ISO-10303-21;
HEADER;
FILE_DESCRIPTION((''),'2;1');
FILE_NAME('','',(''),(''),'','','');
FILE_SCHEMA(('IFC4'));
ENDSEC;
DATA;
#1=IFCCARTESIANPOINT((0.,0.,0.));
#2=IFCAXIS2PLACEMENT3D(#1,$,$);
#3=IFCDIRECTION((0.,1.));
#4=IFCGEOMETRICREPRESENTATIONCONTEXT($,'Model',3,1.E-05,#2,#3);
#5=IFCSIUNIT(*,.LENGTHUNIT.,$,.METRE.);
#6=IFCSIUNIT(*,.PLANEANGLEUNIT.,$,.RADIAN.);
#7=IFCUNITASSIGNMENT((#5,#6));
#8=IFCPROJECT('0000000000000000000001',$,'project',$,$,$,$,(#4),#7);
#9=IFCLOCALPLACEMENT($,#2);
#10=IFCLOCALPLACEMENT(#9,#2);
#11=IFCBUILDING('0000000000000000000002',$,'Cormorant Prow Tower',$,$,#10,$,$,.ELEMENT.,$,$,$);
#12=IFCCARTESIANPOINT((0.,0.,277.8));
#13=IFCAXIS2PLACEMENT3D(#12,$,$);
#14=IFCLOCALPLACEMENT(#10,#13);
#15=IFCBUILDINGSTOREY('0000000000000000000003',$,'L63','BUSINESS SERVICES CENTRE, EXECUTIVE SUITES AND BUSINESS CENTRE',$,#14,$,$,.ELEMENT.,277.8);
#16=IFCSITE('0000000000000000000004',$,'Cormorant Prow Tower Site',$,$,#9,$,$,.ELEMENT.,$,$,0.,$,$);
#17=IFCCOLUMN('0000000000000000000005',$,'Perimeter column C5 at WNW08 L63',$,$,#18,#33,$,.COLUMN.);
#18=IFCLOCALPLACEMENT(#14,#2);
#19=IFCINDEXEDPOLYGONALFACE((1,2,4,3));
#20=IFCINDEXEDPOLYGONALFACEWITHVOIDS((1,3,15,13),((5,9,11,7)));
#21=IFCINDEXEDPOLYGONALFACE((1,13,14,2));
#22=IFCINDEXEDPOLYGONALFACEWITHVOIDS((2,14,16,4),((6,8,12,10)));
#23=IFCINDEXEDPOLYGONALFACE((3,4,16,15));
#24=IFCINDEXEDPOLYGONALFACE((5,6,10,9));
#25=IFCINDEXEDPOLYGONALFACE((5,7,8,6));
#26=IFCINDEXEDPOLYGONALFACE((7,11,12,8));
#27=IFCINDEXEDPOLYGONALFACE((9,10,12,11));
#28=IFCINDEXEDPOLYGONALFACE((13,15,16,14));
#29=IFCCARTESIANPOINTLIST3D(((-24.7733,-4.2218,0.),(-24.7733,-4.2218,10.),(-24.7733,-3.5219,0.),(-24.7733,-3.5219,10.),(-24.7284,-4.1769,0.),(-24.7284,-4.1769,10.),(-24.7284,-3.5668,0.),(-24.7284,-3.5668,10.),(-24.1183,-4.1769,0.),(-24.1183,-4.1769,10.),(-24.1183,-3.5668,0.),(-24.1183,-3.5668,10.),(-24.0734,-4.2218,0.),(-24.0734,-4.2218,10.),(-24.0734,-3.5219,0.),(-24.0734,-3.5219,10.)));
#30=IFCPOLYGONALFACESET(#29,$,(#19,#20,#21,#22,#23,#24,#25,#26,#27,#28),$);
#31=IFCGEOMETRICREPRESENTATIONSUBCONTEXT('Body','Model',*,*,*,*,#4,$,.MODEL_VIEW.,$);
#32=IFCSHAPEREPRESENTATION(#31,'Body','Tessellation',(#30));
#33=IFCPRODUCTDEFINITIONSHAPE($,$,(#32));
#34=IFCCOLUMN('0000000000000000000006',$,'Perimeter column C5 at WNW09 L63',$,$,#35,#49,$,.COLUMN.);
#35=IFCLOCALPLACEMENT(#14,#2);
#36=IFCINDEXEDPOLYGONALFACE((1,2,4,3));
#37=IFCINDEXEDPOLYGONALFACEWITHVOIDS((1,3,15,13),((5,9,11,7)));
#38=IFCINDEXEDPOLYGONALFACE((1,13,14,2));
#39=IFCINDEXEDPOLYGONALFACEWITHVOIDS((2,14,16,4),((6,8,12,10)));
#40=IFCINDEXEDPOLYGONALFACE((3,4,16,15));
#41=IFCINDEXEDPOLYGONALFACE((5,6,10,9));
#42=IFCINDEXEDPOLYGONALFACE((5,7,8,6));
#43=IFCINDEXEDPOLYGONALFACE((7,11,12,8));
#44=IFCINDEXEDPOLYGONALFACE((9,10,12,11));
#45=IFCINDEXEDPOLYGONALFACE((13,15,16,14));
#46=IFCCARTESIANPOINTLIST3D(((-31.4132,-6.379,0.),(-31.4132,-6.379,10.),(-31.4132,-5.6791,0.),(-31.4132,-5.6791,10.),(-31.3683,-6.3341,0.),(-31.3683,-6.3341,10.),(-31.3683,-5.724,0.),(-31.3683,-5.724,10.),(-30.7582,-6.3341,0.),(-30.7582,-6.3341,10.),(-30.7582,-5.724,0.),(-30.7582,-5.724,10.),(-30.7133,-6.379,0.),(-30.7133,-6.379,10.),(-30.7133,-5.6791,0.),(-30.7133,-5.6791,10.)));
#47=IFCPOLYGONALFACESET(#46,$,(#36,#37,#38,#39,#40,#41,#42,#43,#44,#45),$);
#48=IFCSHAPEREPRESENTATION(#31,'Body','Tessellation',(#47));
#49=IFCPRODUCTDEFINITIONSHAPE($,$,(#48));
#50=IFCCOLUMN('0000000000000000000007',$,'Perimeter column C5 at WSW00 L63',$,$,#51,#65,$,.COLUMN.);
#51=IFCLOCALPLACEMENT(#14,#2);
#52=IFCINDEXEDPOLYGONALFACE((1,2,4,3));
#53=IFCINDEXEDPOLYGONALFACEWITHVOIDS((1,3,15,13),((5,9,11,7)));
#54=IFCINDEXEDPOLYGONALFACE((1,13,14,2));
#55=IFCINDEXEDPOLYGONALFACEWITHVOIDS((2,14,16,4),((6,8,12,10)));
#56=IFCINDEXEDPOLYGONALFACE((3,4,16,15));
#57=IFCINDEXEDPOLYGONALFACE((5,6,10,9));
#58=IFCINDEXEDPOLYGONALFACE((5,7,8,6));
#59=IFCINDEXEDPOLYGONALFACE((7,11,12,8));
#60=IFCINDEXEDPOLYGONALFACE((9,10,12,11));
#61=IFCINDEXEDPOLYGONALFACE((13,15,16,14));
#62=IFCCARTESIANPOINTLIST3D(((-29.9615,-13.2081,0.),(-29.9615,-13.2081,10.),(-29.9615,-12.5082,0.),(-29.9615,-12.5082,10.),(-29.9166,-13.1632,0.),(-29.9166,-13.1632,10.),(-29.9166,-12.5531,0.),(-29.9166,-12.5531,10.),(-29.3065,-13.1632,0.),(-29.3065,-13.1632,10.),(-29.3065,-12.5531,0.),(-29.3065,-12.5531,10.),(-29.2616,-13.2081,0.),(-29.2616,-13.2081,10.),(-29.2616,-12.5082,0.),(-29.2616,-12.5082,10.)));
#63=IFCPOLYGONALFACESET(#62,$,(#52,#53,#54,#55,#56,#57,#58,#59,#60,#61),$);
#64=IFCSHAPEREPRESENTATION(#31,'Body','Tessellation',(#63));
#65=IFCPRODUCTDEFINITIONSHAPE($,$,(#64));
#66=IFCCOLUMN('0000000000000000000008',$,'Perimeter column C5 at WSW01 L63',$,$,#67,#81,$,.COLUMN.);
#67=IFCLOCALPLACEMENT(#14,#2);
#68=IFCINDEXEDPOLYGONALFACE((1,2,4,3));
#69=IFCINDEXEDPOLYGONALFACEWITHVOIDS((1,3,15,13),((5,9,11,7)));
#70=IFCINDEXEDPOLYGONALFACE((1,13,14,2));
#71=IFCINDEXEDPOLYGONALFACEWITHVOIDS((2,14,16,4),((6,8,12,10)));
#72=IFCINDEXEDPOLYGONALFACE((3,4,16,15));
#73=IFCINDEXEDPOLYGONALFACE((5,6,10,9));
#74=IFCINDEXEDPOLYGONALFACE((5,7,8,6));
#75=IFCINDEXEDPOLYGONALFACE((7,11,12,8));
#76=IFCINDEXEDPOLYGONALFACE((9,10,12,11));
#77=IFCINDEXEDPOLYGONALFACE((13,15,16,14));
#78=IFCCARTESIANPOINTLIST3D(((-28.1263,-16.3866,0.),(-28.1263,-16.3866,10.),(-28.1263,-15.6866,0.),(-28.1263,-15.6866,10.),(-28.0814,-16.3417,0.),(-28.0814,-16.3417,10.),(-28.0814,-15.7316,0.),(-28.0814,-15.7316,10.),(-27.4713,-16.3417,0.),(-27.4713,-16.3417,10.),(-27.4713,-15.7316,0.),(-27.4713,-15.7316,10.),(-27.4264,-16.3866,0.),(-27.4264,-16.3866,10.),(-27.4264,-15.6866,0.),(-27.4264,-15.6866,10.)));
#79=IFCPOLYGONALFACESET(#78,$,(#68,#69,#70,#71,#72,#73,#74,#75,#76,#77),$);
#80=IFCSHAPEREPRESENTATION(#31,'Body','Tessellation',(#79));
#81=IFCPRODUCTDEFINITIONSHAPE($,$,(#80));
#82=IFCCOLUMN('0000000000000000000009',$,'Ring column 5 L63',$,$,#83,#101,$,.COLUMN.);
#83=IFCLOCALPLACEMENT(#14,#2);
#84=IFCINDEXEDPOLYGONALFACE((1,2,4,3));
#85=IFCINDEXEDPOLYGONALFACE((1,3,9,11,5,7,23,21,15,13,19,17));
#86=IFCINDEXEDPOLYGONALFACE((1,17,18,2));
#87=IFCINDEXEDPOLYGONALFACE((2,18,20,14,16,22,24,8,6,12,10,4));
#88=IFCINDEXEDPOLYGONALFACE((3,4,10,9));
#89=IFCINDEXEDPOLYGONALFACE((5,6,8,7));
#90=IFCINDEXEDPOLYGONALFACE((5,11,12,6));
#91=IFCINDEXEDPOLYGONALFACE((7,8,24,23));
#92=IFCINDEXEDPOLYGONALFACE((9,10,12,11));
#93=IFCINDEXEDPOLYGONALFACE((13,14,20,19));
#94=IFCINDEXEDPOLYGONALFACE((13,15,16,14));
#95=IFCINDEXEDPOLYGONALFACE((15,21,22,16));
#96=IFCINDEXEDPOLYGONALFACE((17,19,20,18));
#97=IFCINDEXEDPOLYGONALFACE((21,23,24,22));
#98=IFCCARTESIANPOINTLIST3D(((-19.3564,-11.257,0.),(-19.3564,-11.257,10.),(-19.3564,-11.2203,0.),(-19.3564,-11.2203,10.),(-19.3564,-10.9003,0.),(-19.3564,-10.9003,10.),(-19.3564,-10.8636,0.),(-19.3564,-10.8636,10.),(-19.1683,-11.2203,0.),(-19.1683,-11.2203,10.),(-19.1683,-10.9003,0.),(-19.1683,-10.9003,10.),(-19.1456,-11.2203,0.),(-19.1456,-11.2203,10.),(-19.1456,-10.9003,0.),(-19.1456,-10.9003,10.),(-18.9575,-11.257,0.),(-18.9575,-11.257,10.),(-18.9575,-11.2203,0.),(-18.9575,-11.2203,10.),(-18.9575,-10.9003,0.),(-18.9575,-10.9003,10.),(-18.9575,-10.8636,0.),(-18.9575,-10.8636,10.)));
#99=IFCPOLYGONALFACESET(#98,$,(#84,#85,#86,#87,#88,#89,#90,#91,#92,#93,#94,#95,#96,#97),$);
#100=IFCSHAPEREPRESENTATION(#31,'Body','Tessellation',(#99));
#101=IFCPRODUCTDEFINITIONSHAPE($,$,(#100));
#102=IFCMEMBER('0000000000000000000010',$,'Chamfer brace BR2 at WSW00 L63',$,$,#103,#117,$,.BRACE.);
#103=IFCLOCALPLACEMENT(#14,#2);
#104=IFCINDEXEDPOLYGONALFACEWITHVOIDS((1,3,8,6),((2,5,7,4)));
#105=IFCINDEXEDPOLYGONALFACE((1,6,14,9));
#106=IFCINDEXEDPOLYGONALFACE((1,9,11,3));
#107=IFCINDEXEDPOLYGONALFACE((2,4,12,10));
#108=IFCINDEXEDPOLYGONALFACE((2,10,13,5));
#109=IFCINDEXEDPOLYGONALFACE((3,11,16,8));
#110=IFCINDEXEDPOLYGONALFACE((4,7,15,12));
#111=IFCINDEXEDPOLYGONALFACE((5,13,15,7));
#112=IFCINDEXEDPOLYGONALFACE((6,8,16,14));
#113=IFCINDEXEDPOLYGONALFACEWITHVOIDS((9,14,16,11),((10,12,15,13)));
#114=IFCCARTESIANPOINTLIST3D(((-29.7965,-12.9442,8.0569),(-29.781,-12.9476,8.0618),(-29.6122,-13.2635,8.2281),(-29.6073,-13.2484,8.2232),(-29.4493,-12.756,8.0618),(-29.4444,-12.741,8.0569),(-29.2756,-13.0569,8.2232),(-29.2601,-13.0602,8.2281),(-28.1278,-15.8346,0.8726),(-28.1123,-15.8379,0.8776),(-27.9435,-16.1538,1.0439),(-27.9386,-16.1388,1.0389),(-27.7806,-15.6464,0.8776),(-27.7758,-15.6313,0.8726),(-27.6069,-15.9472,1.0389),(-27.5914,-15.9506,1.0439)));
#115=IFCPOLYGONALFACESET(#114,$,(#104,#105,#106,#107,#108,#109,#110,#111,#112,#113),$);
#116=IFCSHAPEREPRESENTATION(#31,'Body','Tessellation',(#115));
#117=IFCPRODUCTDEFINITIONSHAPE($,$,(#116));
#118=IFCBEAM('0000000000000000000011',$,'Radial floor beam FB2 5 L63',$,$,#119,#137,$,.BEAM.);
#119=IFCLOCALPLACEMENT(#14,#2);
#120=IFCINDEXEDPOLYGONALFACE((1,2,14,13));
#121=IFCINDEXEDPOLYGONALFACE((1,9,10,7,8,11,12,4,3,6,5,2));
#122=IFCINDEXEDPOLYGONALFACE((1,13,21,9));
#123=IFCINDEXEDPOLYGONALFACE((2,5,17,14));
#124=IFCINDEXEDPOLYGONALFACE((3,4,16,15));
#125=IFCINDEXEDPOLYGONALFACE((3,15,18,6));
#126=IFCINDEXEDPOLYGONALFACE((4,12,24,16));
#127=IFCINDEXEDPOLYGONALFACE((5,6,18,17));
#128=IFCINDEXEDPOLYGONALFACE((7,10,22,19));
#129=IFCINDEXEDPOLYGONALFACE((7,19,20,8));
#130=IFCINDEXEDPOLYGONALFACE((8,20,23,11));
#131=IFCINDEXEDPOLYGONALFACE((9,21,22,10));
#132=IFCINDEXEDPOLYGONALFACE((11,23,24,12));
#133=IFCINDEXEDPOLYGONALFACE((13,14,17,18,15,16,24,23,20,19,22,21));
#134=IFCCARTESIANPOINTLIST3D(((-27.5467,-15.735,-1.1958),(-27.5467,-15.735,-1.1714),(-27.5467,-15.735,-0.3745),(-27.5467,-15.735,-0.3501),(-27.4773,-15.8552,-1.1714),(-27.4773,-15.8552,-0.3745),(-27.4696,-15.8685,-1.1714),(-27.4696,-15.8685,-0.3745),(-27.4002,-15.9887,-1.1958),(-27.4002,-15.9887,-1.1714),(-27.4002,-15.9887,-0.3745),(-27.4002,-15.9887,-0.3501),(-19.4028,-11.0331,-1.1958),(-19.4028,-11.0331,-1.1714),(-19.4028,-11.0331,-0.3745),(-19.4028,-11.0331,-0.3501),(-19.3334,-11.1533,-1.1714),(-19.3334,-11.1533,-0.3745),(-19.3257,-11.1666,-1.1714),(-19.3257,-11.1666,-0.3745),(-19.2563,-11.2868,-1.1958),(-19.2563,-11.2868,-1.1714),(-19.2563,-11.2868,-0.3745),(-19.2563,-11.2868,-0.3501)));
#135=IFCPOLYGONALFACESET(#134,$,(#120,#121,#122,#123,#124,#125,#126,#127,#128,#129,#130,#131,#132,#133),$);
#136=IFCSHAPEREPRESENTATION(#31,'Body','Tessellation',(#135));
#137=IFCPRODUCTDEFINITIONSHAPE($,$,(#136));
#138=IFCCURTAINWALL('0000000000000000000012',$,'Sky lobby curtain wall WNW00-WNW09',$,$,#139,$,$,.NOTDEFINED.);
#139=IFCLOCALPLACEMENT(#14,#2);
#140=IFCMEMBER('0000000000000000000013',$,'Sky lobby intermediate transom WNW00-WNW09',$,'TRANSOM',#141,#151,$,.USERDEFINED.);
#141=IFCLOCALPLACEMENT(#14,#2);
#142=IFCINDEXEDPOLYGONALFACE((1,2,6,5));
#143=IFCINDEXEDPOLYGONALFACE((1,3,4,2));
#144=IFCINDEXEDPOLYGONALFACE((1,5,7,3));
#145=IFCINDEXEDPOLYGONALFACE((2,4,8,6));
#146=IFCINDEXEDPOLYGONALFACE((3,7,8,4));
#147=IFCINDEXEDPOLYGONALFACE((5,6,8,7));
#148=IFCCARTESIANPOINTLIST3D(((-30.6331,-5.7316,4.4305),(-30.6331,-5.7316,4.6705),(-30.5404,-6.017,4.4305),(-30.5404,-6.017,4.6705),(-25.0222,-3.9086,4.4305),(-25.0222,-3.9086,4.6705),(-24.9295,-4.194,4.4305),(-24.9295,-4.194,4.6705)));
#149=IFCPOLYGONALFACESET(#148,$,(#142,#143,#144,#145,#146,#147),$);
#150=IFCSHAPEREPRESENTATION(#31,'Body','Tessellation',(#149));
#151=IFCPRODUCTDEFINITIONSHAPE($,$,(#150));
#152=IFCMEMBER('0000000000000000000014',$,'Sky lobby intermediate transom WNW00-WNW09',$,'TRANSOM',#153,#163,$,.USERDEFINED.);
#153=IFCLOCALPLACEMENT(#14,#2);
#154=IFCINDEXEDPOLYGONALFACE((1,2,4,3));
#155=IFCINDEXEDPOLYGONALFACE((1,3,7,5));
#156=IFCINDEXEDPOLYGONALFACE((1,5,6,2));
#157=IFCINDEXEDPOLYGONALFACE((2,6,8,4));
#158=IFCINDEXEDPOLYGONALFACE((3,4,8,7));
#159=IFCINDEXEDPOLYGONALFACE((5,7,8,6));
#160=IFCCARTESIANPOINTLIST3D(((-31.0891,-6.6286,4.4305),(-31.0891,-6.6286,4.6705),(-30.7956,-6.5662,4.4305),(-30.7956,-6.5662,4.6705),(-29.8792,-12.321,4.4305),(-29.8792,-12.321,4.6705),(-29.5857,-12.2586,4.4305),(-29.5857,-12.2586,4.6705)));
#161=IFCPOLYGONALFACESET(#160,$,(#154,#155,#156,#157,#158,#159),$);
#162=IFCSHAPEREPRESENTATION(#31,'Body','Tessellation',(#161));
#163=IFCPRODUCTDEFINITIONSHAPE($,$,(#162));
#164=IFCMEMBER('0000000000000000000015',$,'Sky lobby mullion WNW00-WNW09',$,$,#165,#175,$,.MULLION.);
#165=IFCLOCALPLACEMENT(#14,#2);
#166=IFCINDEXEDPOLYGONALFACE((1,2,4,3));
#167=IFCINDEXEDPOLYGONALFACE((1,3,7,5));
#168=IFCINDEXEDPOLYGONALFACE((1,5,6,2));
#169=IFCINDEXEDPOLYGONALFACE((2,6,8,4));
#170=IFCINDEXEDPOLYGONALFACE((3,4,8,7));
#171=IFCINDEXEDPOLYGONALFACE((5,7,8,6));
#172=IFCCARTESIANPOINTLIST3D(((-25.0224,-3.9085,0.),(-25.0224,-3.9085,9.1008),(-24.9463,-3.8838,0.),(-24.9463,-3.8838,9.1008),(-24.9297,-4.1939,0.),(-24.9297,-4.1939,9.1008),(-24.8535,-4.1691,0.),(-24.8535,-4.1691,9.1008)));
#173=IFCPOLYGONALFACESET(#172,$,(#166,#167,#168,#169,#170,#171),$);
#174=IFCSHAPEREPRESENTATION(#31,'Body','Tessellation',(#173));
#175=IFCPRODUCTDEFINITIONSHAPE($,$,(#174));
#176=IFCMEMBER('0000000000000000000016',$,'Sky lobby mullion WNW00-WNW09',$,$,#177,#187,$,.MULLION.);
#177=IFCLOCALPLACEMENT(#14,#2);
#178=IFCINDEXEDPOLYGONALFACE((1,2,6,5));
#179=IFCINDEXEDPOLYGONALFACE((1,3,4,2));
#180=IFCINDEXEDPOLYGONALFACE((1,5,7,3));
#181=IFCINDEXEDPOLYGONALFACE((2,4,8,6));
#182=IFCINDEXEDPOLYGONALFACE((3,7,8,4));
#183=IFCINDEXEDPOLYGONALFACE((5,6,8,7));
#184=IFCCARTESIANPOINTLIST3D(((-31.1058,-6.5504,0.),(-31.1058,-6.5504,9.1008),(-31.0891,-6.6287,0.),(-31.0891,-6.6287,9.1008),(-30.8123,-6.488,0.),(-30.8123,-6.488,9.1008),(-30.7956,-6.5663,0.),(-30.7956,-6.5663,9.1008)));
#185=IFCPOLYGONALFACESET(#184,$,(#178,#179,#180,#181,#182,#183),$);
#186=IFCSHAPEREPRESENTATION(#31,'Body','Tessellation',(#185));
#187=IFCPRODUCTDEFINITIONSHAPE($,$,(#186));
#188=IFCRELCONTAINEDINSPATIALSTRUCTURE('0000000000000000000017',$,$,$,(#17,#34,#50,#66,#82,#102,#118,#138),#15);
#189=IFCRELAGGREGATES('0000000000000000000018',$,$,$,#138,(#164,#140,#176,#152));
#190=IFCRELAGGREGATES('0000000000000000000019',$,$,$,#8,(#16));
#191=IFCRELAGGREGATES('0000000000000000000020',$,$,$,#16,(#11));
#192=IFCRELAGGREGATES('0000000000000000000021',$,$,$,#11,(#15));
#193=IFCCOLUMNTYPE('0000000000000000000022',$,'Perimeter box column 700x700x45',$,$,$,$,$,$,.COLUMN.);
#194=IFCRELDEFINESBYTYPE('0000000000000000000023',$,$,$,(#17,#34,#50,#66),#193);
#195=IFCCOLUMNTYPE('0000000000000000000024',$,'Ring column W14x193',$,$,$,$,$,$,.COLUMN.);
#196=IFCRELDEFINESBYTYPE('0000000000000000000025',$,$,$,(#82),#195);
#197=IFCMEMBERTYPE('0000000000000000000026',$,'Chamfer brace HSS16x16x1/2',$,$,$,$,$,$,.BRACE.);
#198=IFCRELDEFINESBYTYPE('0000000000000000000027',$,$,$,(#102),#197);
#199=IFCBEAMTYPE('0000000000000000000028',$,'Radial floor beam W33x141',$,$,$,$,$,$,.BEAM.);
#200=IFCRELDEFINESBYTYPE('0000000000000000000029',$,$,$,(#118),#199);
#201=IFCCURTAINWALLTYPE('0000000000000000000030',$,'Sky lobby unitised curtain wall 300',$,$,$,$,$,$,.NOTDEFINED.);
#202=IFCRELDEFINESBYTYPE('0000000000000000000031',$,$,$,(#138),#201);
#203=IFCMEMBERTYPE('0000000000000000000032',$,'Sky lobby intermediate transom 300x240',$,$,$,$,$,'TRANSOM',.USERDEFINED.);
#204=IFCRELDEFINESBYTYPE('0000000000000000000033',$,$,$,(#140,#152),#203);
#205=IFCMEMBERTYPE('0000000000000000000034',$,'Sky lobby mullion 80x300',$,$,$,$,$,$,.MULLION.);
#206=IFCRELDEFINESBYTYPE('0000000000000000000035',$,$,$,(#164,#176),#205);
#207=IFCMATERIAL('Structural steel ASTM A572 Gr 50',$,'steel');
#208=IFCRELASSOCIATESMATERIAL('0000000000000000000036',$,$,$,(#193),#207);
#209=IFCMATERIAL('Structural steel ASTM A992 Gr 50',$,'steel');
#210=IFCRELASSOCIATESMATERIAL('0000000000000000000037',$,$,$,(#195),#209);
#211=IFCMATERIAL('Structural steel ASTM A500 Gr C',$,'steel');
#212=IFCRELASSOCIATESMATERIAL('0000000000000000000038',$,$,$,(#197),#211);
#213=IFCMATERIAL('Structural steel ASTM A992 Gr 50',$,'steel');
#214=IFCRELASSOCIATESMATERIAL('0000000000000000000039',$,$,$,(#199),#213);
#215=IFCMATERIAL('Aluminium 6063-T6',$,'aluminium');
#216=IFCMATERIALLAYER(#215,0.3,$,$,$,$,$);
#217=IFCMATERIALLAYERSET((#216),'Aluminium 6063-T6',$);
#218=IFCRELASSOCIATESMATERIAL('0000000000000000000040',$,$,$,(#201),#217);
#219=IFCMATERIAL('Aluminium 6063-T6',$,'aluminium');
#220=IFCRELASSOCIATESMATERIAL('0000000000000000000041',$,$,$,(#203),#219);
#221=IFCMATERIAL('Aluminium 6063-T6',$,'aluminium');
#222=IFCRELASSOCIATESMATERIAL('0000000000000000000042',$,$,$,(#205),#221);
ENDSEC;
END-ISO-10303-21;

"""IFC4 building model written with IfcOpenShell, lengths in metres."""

from ifc_helpers import new_model, si_unit, direction, frame, origin, origin_2d, place, context, subcontext, project, spatial, rectangle, hollow_rectangle, i_section, extrude, material, layer, layer_set, material_profile, profile_set, type_object, element, aggregate, save


model = new_model("IFC4")

# Units and contexts
model_context = context("Model", 3, precision=1e-05, world=origin(), true_north=direction((0.0, 1.0)))
body_context = subcontext(model_context, "Body", "Model", "MODEL_VIEW")
ifc_project = project(units=[si_unit("LENGTHUNIT", "METRE"), si_unit("PLANEANGLEUNIT", "RADIAN")], contexts=[model_context])

# Site, building, storey
site_placement = place(None, origin())
site = spatial("IfcSite", under=ifc_project, at=site_placement, Name="Cormorant Prow Tower Site", CompositionType="ELEMENT", RefElevation=0.0)
building_placement = place(site_placement, origin())
building = spatial("IfcBuilding", under=site, at=building_placement, Name="Cormorant Prow Tower", CompositionType="ELEMENT")
storey_placement = place(building_placement, frame((0.0, 0.0, 277.8)))
storey = spatial("IfcBuildingStorey", under=building, at=storey_placement, Name="L63", Description="BUSINESS SERVICES CENTRE, EXECUTIVE SUITES AND BUSINESS CENTRE", CompositionType="ELEMENT", Elevation=277.8)

# Columns
ifc_material_1 = material(Name="Structural steel ASTM A572 Gr 50", Category="steel")
ifc_material_profile_1 = material_profile(ifc_material_1, hollow_rectangle(XDim=0.7, YDim=0.7, WallThickness=0.0449, at=origin_2d()), Name="Box 700x700x45")
ifc_profile_set_1 = profile_set([ifc_material_profile_1], Name="Structural steel ASTM A572 Gr 50")
column_type_1 = type_object("IfcColumnType", Name="Perimeter box column 700x700x45", PredefinedType="COLUMN", material=ifc_profile_set_1)
for number, where, z_axis, x_axis, name in (
    (1, (-24.4233, -3.8718, 0.0), (0.0, 0.0, 1.0), (1.0, 0.0, 0.0), "Perimeter column C5 at WNW08 L63"),
    (2, (-31.0632, -6.0291, 0.0), (0.0, 0.0, 1.0), (1.0, 0.0, 0.0), "Perimeter column C5 at WNW09 L63"),
    (3, (-29.6116, -12.8582, 0.0), (0.0, 0.0, 1.0), (1.0, 0.0, 0.0), "Perimeter column C5 at WSW00 L63"),
    (4, (-27.7764, -16.0366, 0.0), (0.0, 0.0, 1.0), (1.0, 0.0, 0.0), "Perimeter column C5 at WSW01 L63"),
):
    element("IfcColumn", number, at=place(storey_placement, frame(where, z_axis=z_axis, x_axis=x_axis)), inside=storey, type_object=column_type_1, Name=name, PredefinedType="COLUMN", context=body_context, shape_type="SweptSolid", body=[
        extrude(hollow_rectangle(XDim=0.7, YDim=0.7, WallThickness=0.0449, at=origin_2d()), origin(), (0.0, 0.0, 1.0), 10.0),
    ])
ifc_material_2 = material(Name="Structural steel ASTM A992 Gr 50", Category="steel")
ifc_material_profile_2 = material_profile(ifc_material_2, i_section(OverallWidth=0.3989, OverallDepth=0.3933, WebThickness=0.0227, FlangeThickness=0.0366, at=origin_2d()), Name="W14x193")
ifc_profile_set_2 = profile_set([ifc_material_profile_2], Name="Structural steel ASTM A992 Gr 50")
column_type_2 = type_object("IfcColumnType", Name="Ring column W14x193", PredefinedType="COLUMN", material=ifc_profile_set_2)
column_placement = place(storey_placement, frame((-19.157, -11.0603, 0.0), z_axis=(0.0, 0.0, 1.0), x_axis=(1.0, 0.0, 0.0)))
element("IfcColumn", 5, at=column_placement, inside=storey, type_object=column_type_2, Name="Ring column 5 L63", PredefinedType="COLUMN", context=body_context, shape_type="SweptSolid", body=[
    extrude(i_section(OverallWidth=0.3989, OverallDepth=0.3933, WebThickness=0.0227, FlangeThickness=0.0366, at=origin_2d()), origin(), (0.0, 0.0, 1.0), 10.0),
])

# Member
ifc_material_3 = material(Name="Structural steel ASTM A500 Gr C", Category="steel")
ifc_material_profile_3 = material_profile(ifc_material_3, hollow_rectangle(XDim=0.4065, YDim=0.4065, WallThickness=0.0117, at=origin_2d()), Name="HSS16x16x1/2")
ifc_profile_set_3 = profile_set([ifc_material_profile_3], Name="Structural steel ASTM A500 Gr C")
member_type_1 = type_object("IfcMemberType", Name="Chamfer brace HSS16x16x1/2", PredefinedType="BRACE", material=ifc_profile_set_3)
member_1_placement = place(storey_placement, frame((-27.8596, -15.8926, 0.9583), z_axis=(-0.210649, 0.364869, 0.906917), x_axis=(-0.866033, -0.499986, 0.0)))
element("IfcMember", 6, at=member_1_placement, inside=storey, type_object=member_type_1, Name="Chamfer brace BR2 at WSW00 L63", PredefinedType="BRACE", context=body_context, shape_type="SweptSolid", body=[
    extrude(hollow_rectangle(XDim=0.4065, YDim=0.4065, WallThickness=0.0117, at=origin_2d()), origin(), (0.0, 0.0, 1.0), 7.9216),
])

# Beam
ifc_material_4 = material(Name="Structural steel ASTM A992 Gr 50", Category="steel")
ifc_material_profile_4 = material_profile(ifc_material_4, i_section(OverallWidth=0.293, OverallDepth=0.8457, WebThickness=0.0154, FlangeThickness=0.0244, at=origin_2d()), Name="W33x141")
ifc_profile_set_4 = profile_set([ifc_material_profile_4], Name="Structural steel ASTM A992 Gr 50")
beam_type_1 = type_object("IfcBeamType", Name="Radial floor beam W33x141", PredefinedType="BEAM", material=ifc_profile_set_4)
beam_1_placement = place(storey_placement, frame((-19.3296, -11.1599, -0.7729), z_axis=(-0.866022, -0.500006, 0.0), x_axis=(0.500006, -0.866022, 0.0)))
element("IfcBeam", 7, at=beam_1_placement, inside=storey, type_object=beam_type_1, Name="Radial floor beam FB2 5 L63", PredefinedType="BEAM", context=body_context, shape_type="SweptSolid", body=[
    extrude(i_section(OverallWidth=0.293, OverallDepth=0.8457, WebThickness=0.0154, FlangeThickness=0.0244, at=origin_2d()), origin(), (0.0, 0.0, 1.0), 9.4038),
])

# Curtain wall, members
ifc_material_5 = material(Name="Aluminium 6063-T6", Category="aluminium")
ifc_layer_1 = layer(ifc_material_5, 0.3)
ifc_layer_set_1 = layer_set([ifc_layer_1], Name="Aluminium 6063-T6")
curtain_wall_type = type_object("IfcCurtainWallType", Name="Sky lobby unitised curtain wall 300", PredefinedType="NOTDEFINED", material=ifc_layer_set_1)
curtain_wall_placement = place(storey_placement, origin())
curtain_wall = element("IfcCurtainWall", 8, at=curtain_wall_placement, inside=storey, type_object=curtain_wall_type, Name="Sky lobby curtain wall WNW00-WNW09", PredefinedType="NOTDEFINED")
ifc_material_6 = material(Name="Aluminium 6063-T6", Category="aluminium")
ifc_material_profile_5 = material_profile(ifc_material_6, rectangle(XDim=0.3, YDim=0.24, at=origin_2d()), Name="Sky lobby intermediate transom 300x240")
ifc_profile_set_5 = profile_set([ifc_material_profile_5], Name="Aluminium 6063-T6")
member_type_2 = type_object("IfcMemberType", Name="Sky lobby intermediate transom 300x240", ElementType="TRANSOM", PredefinedType="USERDEFINED", material=ifc_profile_set_5)
member_2_placement = place(storey_placement, frame((-24.9758, -4.0513, 4.5505), z_axis=(-0.95106, -0.309006, 0.0), x_axis=(0.309006, -0.95106, 0.0)))
member_2 = element("IfcMember", 9, at=member_2_placement, type_object=member_type_2, Name="Sky lobby intermediate transom WNW00-WNW09", ObjectType="TRANSOM", PredefinedType="USERDEFINED", context=body_context, shape_type="SweptSolid", body=[
    extrude(rectangle(XDim=0.3, YDim=0.24, at=origin_2d()), origin(), (0.0, 0.0, 1.0), 5.8997),
])
member_3_placement = place(storey_placement, frame((-30.9424, -6.5974, 4.5505), z_axis=(0.207913, -0.978147, 0.0), x_axis=(0.978147, 0.207913, 0.0)))
member_3 = element("IfcMember", 10, at=member_3_placement, type_object=member_type_2, Name="Sky lobby intermediate transom WNW00-WNW09", ObjectType="TRANSOM", PredefinedType="USERDEFINED", context=body_context, shape_type="SweptSolid", body=[
    extrude(rectangle(XDim=0.3, YDim=0.24, at=origin_2d()), origin(), (0.0, 0.0, 1.0), 5.8196),
])
ifc_material_7 = material(Name="Aluminium 6063-T6", Category="aluminium")
ifc_material_profile_6 = material_profile(ifc_material_7, rectangle(XDim=0.3, YDim=0.0801, at=origin_2d()), Name="Sky lobby mullion 80x300")
ifc_profile_set_6 = profile_set([ifc_material_profile_6], Name="Aluminium 6063-T6")
member_type_3 = type_object("IfcMemberType", Name="Sky lobby mullion 80x300", PredefinedType="MULLION", material=ifc_profile_set_6)
member_4_placement = place(storey_placement, frame((-24.938, -4.0388, 0.0), z_axis=(0.0, 0.0, 1.0), x_axis=(0.309017, -0.951057, 0.0)))
member_4 = element("IfcMember", 11, at=member_4_placement, type_object=member_type_3, Name="Sky lobby mullion WNW00-WNW09", PredefinedType="MULLION", context=body_context, shape_type="SweptSolid", body=[
    extrude(rectangle(XDim=0.3, YDim=0.0801, at=origin_2d()), origin(), (0.0, 0.0, 1.0), 9.1008),
])
member_5_placement = place(storey_placement, frame((-30.9507, -6.5583, 0.0), z_axis=(0.0, 0.0, 1.0), x_axis=(0.978148, 0.207912, 0.0)))
member_5 = element("IfcMember", 12, at=member_5_placement, type_object=member_type_3, Name="Sky lobby mullion WNW00-WNW09", PredefinedType="MULLION", context=body_context, shape_type="SweptSolid", body=[
    extrude(rectangle(XDim=0.3, YDim=0.0801, at=origin_2d()), origin(), (0.0, 0.0, 1.0), 9.1008),
])

aggregate(curtain_wall, [member_4, member_2, member_5, member_3])

save(model, "model.ifc")
